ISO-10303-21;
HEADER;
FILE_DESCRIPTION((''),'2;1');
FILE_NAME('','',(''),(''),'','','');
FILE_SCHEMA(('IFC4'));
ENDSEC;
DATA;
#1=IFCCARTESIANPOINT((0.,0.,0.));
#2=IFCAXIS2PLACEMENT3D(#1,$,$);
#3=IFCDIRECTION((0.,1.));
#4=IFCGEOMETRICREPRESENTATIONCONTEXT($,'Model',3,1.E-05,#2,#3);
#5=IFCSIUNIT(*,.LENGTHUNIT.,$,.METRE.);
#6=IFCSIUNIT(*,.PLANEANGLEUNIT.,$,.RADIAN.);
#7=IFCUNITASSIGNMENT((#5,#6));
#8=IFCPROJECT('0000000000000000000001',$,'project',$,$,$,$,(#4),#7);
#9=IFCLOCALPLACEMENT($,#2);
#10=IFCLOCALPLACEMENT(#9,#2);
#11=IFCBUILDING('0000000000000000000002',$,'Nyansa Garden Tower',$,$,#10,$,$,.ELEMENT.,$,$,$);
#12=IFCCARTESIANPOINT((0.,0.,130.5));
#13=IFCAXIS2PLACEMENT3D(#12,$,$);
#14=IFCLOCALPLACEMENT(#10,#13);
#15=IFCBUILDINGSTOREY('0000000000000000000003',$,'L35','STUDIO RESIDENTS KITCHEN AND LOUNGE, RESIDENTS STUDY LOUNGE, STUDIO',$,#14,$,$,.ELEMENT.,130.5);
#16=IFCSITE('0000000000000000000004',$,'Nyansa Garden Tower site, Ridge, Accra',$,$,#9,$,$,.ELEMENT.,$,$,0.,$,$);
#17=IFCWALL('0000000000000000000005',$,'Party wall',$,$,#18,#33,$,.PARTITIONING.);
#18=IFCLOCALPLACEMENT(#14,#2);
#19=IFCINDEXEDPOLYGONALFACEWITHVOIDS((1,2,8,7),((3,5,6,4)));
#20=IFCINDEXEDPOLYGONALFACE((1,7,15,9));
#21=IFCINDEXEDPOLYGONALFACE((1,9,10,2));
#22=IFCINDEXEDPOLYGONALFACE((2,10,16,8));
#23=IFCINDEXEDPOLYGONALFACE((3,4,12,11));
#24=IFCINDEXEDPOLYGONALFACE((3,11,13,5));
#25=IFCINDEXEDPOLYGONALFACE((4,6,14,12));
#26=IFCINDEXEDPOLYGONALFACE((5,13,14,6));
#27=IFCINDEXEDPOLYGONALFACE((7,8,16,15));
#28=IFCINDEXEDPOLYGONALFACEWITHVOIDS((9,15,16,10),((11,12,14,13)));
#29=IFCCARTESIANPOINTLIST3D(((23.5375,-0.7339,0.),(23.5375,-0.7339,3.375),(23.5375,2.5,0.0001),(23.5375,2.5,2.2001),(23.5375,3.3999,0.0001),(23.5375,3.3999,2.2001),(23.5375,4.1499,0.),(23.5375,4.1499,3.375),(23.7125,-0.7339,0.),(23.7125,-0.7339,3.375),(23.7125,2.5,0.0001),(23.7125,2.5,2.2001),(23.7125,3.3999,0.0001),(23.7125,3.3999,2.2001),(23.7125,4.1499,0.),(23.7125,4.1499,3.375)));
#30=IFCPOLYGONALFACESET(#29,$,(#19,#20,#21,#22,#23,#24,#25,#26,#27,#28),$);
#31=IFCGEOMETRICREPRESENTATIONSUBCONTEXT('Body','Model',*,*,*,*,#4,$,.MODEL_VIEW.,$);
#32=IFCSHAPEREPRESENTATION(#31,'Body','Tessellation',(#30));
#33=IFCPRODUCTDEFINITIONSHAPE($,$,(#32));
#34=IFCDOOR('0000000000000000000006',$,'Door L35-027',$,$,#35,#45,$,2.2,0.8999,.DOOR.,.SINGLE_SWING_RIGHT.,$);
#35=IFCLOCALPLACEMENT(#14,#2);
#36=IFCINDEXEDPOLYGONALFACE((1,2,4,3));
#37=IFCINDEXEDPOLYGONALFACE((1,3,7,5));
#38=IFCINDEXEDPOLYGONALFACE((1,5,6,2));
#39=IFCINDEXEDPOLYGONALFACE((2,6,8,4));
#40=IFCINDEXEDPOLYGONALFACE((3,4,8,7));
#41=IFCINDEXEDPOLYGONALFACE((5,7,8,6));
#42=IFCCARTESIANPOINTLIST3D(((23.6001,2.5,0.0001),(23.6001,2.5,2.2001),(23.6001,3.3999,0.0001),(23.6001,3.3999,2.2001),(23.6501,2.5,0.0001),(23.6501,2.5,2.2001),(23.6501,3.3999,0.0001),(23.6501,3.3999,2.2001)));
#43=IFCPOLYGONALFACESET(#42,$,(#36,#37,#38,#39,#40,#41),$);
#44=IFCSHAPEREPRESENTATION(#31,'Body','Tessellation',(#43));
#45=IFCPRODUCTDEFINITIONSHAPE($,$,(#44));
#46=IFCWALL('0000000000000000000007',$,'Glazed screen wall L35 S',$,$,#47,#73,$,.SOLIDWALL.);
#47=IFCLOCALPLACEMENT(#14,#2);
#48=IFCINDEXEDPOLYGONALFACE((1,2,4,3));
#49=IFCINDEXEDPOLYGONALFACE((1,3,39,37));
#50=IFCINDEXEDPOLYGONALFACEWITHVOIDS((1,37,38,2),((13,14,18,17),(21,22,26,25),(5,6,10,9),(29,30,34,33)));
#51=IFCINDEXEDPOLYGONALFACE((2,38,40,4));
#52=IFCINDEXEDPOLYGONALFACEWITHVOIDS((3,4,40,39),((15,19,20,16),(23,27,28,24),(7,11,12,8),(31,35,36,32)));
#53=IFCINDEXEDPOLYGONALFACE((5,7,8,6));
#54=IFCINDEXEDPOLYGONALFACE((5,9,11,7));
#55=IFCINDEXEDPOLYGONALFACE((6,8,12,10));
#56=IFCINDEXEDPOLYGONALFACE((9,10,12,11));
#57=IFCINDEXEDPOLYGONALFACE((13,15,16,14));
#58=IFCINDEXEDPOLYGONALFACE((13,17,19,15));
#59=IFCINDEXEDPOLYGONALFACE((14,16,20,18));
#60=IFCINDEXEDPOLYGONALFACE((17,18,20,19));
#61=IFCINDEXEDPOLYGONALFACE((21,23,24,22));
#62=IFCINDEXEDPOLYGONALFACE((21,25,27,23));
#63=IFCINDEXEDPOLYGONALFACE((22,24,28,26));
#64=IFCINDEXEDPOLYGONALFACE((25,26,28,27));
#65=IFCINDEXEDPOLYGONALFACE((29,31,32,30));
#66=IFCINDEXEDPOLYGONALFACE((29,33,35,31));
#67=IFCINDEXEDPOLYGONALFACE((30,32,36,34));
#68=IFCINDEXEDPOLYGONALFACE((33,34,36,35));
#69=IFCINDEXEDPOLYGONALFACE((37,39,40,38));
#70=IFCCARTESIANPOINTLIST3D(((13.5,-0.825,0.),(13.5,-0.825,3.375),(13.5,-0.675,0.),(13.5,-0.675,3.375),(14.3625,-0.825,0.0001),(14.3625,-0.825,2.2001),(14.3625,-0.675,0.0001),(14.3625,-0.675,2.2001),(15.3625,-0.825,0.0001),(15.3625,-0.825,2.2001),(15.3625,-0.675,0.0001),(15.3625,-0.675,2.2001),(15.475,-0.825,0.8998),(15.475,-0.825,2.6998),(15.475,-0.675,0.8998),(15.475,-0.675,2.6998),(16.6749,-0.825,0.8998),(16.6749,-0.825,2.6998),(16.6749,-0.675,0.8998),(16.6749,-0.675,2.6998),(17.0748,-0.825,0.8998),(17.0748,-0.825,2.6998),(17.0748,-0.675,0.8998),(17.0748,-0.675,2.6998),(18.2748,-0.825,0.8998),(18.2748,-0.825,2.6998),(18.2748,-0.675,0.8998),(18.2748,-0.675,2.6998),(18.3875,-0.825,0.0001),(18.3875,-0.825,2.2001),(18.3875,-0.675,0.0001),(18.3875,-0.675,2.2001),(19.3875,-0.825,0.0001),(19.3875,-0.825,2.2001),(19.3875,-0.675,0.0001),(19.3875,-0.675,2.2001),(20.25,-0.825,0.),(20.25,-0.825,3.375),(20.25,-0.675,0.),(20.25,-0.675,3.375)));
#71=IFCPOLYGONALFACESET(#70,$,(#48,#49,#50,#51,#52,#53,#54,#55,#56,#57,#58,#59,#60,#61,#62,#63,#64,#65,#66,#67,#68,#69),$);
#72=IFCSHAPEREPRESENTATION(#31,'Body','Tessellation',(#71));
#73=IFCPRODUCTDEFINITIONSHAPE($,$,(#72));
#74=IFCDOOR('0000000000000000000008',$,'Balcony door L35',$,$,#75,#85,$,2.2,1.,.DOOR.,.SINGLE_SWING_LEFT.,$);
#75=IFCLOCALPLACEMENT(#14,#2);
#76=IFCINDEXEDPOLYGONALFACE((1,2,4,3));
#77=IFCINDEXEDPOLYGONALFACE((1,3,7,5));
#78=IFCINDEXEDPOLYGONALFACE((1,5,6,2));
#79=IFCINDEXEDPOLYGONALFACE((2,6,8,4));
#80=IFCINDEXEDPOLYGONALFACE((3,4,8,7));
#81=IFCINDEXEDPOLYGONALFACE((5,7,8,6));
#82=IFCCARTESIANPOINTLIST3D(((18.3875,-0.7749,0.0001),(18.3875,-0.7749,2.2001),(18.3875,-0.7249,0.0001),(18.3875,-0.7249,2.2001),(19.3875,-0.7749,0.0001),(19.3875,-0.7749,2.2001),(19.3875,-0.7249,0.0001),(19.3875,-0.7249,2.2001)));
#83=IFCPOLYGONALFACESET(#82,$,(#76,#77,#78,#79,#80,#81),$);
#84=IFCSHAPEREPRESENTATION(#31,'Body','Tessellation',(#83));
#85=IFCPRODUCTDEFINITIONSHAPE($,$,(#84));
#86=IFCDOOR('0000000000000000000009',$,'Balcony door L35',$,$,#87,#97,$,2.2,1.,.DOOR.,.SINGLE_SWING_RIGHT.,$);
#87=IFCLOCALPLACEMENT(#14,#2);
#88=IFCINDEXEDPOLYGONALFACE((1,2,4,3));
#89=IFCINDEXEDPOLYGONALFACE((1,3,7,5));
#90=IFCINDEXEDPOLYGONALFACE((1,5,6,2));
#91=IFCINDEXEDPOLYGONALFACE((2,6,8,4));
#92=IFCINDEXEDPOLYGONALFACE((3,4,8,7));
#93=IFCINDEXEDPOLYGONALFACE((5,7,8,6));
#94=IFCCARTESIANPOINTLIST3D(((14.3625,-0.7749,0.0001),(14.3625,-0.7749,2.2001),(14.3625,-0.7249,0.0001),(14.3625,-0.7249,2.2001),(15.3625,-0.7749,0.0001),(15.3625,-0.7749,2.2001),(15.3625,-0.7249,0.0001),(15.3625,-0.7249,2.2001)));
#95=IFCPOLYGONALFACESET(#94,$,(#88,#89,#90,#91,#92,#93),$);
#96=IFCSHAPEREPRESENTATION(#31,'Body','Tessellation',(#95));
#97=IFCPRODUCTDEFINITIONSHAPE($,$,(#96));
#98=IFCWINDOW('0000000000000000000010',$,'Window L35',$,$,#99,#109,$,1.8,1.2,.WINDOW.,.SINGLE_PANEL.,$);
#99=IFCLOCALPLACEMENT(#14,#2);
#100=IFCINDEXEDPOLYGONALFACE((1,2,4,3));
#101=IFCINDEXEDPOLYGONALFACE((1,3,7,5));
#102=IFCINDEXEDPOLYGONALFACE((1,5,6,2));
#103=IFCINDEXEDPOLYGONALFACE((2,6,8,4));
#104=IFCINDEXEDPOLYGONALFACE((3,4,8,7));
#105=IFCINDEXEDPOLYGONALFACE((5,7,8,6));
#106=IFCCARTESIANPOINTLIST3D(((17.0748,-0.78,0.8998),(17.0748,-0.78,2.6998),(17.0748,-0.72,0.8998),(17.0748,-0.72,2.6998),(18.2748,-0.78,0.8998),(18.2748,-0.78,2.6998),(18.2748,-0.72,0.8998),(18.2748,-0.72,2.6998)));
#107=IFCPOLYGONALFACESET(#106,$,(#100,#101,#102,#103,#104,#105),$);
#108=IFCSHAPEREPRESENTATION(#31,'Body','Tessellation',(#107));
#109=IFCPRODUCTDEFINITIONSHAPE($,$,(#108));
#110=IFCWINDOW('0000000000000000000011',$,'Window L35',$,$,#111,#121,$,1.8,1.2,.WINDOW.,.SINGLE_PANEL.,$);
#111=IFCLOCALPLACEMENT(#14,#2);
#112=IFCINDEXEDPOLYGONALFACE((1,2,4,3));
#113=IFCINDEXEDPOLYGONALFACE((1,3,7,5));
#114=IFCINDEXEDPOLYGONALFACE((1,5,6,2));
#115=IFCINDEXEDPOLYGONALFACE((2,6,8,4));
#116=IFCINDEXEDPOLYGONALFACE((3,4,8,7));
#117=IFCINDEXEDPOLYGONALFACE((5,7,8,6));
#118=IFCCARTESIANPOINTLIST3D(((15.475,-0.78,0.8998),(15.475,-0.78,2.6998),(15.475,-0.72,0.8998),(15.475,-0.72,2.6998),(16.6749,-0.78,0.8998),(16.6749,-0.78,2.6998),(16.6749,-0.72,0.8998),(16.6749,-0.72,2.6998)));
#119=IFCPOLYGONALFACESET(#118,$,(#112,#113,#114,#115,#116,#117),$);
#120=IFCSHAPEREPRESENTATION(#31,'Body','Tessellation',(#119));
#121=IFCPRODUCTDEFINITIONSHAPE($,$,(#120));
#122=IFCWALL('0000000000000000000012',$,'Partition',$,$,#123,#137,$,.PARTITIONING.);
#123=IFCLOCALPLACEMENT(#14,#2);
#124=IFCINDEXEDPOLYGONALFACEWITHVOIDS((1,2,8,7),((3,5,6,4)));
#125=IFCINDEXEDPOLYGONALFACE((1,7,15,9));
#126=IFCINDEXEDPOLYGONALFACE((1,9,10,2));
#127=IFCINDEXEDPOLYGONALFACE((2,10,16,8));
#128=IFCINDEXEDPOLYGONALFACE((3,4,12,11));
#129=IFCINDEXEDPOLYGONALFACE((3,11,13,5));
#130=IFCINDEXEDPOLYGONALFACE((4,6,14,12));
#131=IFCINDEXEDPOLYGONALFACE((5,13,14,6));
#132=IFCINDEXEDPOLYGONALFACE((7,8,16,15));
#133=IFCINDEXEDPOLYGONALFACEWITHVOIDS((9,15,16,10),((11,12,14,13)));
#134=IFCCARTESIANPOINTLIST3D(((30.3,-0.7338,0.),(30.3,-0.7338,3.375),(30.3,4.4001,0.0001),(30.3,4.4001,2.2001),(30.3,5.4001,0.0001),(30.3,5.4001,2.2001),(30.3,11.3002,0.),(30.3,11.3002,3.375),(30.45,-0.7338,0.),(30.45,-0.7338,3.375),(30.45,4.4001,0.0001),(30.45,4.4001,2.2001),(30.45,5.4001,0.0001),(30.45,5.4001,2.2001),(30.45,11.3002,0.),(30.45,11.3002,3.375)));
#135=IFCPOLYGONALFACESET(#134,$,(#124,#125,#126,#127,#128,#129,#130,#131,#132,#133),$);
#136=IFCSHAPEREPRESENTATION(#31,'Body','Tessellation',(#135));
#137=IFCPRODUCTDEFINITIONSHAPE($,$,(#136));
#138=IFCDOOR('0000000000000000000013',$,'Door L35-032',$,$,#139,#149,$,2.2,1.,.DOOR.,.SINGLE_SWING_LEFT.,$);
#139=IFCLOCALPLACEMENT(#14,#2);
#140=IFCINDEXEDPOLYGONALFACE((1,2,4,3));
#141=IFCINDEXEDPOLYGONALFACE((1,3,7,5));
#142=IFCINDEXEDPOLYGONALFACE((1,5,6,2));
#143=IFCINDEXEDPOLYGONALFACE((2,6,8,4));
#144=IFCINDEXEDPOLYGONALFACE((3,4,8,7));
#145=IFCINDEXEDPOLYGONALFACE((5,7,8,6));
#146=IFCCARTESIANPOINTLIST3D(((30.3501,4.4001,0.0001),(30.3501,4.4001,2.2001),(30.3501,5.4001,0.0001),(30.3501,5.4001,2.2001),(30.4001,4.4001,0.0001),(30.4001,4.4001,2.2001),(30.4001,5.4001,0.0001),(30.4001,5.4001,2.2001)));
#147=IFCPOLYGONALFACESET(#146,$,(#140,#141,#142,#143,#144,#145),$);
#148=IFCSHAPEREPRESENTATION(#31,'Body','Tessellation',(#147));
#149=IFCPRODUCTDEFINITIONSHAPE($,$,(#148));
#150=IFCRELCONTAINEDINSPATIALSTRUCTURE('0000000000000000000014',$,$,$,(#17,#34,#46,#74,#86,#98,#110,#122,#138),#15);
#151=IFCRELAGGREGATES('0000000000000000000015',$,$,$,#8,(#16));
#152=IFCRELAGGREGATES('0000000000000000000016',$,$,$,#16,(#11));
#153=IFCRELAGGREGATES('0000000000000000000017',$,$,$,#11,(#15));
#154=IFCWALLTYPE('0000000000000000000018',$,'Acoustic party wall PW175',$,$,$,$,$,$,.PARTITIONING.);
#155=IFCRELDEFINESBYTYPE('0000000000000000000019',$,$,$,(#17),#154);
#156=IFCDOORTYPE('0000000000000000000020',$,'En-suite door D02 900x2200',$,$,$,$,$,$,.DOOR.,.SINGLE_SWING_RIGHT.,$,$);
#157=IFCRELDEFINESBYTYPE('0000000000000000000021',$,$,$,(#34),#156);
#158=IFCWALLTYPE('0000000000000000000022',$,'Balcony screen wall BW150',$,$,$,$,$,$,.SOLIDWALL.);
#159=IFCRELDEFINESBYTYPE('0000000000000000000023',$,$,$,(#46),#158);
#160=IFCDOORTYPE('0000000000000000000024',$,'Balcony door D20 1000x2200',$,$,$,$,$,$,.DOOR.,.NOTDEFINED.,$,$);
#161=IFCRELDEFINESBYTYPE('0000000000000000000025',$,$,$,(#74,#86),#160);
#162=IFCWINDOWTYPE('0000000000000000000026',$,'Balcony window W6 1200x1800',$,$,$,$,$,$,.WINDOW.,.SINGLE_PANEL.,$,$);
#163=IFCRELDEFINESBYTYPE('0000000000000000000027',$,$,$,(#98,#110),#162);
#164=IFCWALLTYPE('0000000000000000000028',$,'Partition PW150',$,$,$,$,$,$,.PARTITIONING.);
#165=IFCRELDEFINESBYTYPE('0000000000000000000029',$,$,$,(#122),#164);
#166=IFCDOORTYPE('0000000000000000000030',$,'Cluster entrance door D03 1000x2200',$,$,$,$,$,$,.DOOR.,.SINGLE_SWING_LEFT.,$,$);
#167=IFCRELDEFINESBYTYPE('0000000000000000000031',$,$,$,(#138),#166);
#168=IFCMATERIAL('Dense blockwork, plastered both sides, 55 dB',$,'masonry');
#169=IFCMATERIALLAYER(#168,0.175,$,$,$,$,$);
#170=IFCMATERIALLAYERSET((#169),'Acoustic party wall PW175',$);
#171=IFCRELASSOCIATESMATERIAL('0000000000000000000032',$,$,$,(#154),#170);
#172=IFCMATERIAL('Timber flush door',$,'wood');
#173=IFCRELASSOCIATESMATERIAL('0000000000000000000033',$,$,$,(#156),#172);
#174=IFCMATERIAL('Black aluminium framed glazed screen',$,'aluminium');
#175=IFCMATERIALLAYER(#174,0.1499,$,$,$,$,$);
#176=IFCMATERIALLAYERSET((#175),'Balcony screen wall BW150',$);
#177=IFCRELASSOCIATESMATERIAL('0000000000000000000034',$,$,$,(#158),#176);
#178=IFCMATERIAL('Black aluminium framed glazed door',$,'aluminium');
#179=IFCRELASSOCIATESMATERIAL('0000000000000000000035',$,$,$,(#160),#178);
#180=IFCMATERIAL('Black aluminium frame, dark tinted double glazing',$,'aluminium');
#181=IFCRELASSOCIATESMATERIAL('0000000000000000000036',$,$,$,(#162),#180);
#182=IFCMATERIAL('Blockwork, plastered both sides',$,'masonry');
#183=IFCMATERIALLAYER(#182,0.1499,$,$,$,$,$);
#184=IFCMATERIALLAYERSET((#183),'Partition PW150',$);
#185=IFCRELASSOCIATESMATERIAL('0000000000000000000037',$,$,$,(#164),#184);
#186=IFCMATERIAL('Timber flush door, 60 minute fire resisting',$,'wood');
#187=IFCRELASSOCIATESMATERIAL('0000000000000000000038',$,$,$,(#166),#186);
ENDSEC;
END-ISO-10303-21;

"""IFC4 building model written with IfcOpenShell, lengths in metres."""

from ifc_helpers import new_model, si_unit, direction, frame, frame_2d, origin, place, context, subcontext, project, spatial, rectangle, extrude, material, layer, layer_set, type_object, element, fill, save


model = new_model("IFC4")

# Units and contexts
model_context = context("Model", 3, precision=1e-05, world=origin(), true_north=direction((0.0, 1.0)))
body_context = subcontext(model_context, "Body", "Model", "MODEL_VIEW")
ifc_project = project(units=[si_unit("LENGTHUNIT", "METRE"), si_unit("PLANEANGLEUNIT", "RADIAN")], contexts=[model_context])

# Site, building, storey
site_placement = place(None, origin())
site = spatial("IfcSite", under=ifc_project, at=site_placement, Name="Nyansa Garden Tower site, Ridge, Accra", CompositionType="ELEMENT", RefElevation=0.0)
building_placement = place(site_placement, origin())
building = spatial("IfcBuilding", under=site, at=building_placement, Name="Nyansa Garden Tower", CompositionType="ELEMENT")
storey_placement = place(building_placement, frame((0.0, 0.0, 130.5)))
storey = spatial("IfcBuildingStorey", under=building, at=storey_placement, Name="L35", Description="STUDIO RESIDENTS KITCHEN AND LOUNGE, RESIDENTS STUDY LOUNGE, STUDIO", CompositionType="ELEMENT", Elevation=130.5)

# Wall, opening, door
ifc_material_1 = material(Name="Dense blockwork, plastered both sides, 55 dB", Category="masonry")
ifc_layer_1 = layer(ifc_material_1, 0.175)
ifc_layer_set_1 = layer_set([ifc_layer_1], Name="Acoustic party wall PW175")
wall_type_1 = type_object("IfcWallType", Name="Acoustic party wall PW175", PredefinedType="PARTITIONING", material=ifc_layer_set_1)
wall_1_placement = place(storey_placement, frame((23.625, -0.7339, 0.0), z_axis=(0.0, 0.0, 1.0), x_axis=(0.0, 1.0, 0.0)))
wall_1 = element("IfcWall", 1, at=wall_1_placement, inside=storey, type_object=wall_type_1, Name="Party wall", PredefinedType="PARTITIONING", context=body_context, shape_type="SweptSolid", body=[
    extrude(rectangle(XDim=4.8838, YDim=0.175, at=frame_2d((2.4419, 0.0))), origin(), (0.0, 0.0, 1.0), 3.375),
])
opening_1_placement = place(wall_1_placement, frame((3.2339, 0.0, 0.0)))
opening_1 = element("IfcOpeningElement", 2, at=opening_1_placement, cuts=wall_1, PredefinedType="OPENING", context=body_context, shape_type="SweptSolid", body=[
    extrude(rectangle(XDim=0.8999, YDim=2.2, at=frame_2d((0.45, 1.1001))), frame((0.0, 0.0974, 0.0), z_axis=(0.0, -1.0, 0.0), x_axis=(1.0, 0.0, 0.0)), (0.0, 0.0, 1.0), 0.1951),
])
ifc_material_2 = material(Name="Timber flush door", Category="wood")
door_type_1 = type_object("IfcDoorType", Name="En-suite door D02 900x2200", OperationType="SINGLE_SWING_RIGHT", PredefinedType="DOOR", material=ifc_material_2)
door_1_placement = place(opening_1_placement, origin())
door_1 = element("IfcDoor", 3, at=door_1_placement, inside=storey, type_object=door_type_1, Name="Door L35-027", OperationType="SINGLE_SWING_RIGHT", OverallHeight=2.2, OverallWidth=0.8999, PredefinedType="DOOR", context=body_context, shape_type="SweptSolid", body=[
    extrude(rectangle(XDim=0.8999, YDim=2.2, at=frame_2d((0.45, 1.1001))), frame((0.0, 0.0249, 0.0), z_axis=(0.0, -1.0, 0.0), x_axis=(1.0, 0.0, 0.0)), (0.0, 0.0, 1.0), 0.05),
])
fill(opening_1, door_1)

# Wall, openings, doors, windows
ifc_material_3 = material(Name="Black aluminium framed glazed screen", Category="aluminium")
ifc_layer_2 = layer(ifc_material_3, 0.1499)
ifc_layer_set_2 = layer_set([ifc_layer_2], Name="Balcony screen wall BW150")
wall_type_2 = type_object("IfcWallType", Name="Balcony screen wall BW150", PredefinedType="SOLIDWALL", material=ifc_layer_set_2)
wall_2_placement = place(storey_placement, frame((20.25, -0.75, 0.0), z_axis=(0.0, 0.0, 1.0), x_axis=(-1.0, 0.0, 0.0)))
wall_2 = element("IfcWall", 4, at=wall_2_placement, inside=storey, type_object=wall_type_2, Name="Glazed screen wall L35 S", PredefinedType="SOLIDWALL", context=body_context, shape_type="SweptSolid", body=[
    extrude(rectangle(XDim=6.75, YDim=0.1499, at=frame_2d((3.375, 0.0))), origin(), (0.0, 0.0, 1.0), 3.375),
])
opening_2_placement = place(wall_2_placement, frame((0.8625, 0.0, 0.0)))
opening_2 = element("IfcOpeningElement", 5, at=opening_2_placement, cuts=wall_2, PredefinedType="OPENING", context=body_context, shape_type="SweptSolid", body=[
    extrude(rectangle(XDim=1.0, YDim=2.2, at=frame_2d((0.5, 1.1001))), frame((0.0, 0.085, 0.0), z_axis=(0.0, -1.0, 0.0), x_axis=(1.0, 0.0, 0.0)), (0.0, 0.0, 1.0), 0.1699),
])
opening_3_placement = place(wall_2_placement, frame((1.9751, 0.0, 0.8999)))
opening_3 = element("IfcOpeningElement", 6, at=opening_3_placement, cuts=wall_2, PredefinedType="OPENING", context=body_context, shape_type="SweptSolid", body=[
    extrude(rectangle(XDim=1.2, YDim=1.8, at=frame_2d((0.6001, 0.8999))), frame((0.0, 0.085, 0.0), z_axis=(0.0, -1.0, 0.0), x_axis=(1.0, 0.0, 0.0)), (0.0, 0.0, 1.0), 0.1699),
])
opening_4_placement = place(wall_2_placement, frame((4.8875, 0.0, 0.0)))
opening_4 = element("IfcOpeningElement", 7, at=opening_4_placement, cuts=wall_2, PredefinedType="OPENING", context=body_context, shape_type="SweptSolid", body=[
    extrude(rectangle(XDim=1.0, YDim=2.2, at=frame_2d((0.5, 1.1001))), frame((0.0, 0.085, 0.0), z_axis=(0.0, -1.0, 0.0), x_axis=(1.0, 0.0, 0.0)), (0.0, 0.0, 1.0), 0.1699),
])
opening_5_placement = place(wall_2_placement, frame((3.575, 0.0, 0.8999)))
opening_5 = element("IfcOpeningElement", 8, at=opening_5_placement, cuts=wall_2, PredefinedType="OPENING", context=body_context, shape_type="SweptSolid", body=[
    extrude(rectangle(XDim=1.2, YDim=1.8, at=frame_2d((0.6001, 0.8999))), frame((0.0, 0.085, 0.0), z_axis=(0.0, -1.0, 0.0), x_axis=(1.0, 0.0, 0.0)), (0.0, 0.0, 1.0), 0.1699),
])
ifc_material_4 = material(Name="Black aluminium framed glazed door", Category="aluminium")
door_type_2 = type_object("IfcDoorType", Name="Balcony door D20 1000x2200", OperationType="NOTDEFINED", PredefinedType="DOOR", material=ifc_material_4)
door_2_placement = place(opening_2_placement, origin())
door_2 = element("IfcDoor", 9, at=door_2_placement, inside=storey, type_object=door_type_2, Name="Balcony door L35", OperationType="SINGLE_SWING_LEFT", OverallHeight=2.2, OverallWidth=1.0, PredefinedType="DOOR", context=body_context, shape_type="SweptSolid", body=[
    extrude(rectangle(XDim=1.0, YDim=2.2, at=frame_2d((0.5, 1.1001))), frame((0.0, 0.0249, 0.0), z_axis=(0.0, -1.0, 0.0), x_axis=(1.0, 0.0, 0.0)), (0.0, 0.0, 1.0), 0.05),
])
fill(opening_2, door_2)
door_3_placement = place(opening_4_placement, origin())
door_3 = element("IfcDoor", 10, at=door_3_placement, inside=storey, type_object=door_type_2, Name="Balcony door L35", OperationType="SINGLE_SWING_RIGHT", OverallHeight=2.2, OverallWidth=1.0, PredefinedType="DOOR", context=body_context, shape_type="SweptSolid", body=[
    extrude(rectangle(XDim=1.0, YDim=2.2, at=frame_2d((0.5, 1.1001))), frame((0.0, 0.0249, 0.0), z_axis=(0.0, -1.0, 0.0), x_axis=(1.0, 0.0, 0.0)), (0.0, 0.0, 1.0), 0.05),
])
fill(opening_4, door_3)
ifc_material_5 = material(Name="Black aluminium frame, dark tinted double glazing", Category="aluminium")
window_type = type_object("IfcWindowType", Name="Balcony window W6 1200x1800", PartitioningType="SINGLE_PANEL", PredefinedType="WINDOW", material=ifc_material_5)
window_1_placement = place(opening_3_placement, origin())
window_1 = element("IfcWindow", 11, at=window_1_placement, inside=storey, type_object=window_type, Name="Window L35", OverallHeight=1.8, OverallWidth=1.2, PartitioningType="SINGLE_PANEL", PredefinedType="WINDOW", context=body_context, shape_type="SweptSolid", body=[
    extrude(rectangle(XDim=1.2, YDim=1.8, at=frame_2d((0.6001, 0.8999))), frame((0.0, 0.03, 0.0), z_axis=(0.0, -1.0, 0.0), x_axis=(1.0, 0.0, 0.0)), (0.0, 0.0, 1.0), 0.0601),
])
fill(opening_3, window_1)
window_2_placement = place(opening_5_placement, origin())
window_2 = element("IfcWindow", 12, at=window_2_placement, inside=storey, type_object=window_type, Name="Window L35", OverallHeight=1.8, OverallWidth=1.2, PartitioningType="SINGLE_PANEL", PredefinedType="WINDOW", context=body_context, shape_type="SweptSolid", body=[
    extrude(rectangle(XDim=1.2, YDim=1.8, at=frame_2d((0.6001, 0.8999))), frame((0.0, 0.03, 0.0), z_axis=(0.0, -1.0, 0.0), x_axis=(1.0, 0.0, 0.0)), (0.0, 0.0, 1.0), 0.0601),
])
fill(opening_5, window_2)

# Wall, opening, door
ifc_material_6 = material(Name="Blockwork, plastered both sides", Category="masonry")
ifc_layer_3 = layer(ifc_material_6, 0.1499)
ifc_layer_set_3 = layer_set([ifc_layer_3], Name="Partition PW150")
wall_type_3 = type_object("IfcWallType", Name="Partition PW150", PredefinedType="PARTITIONING", material=ifc_layer_set_3)
wall_3_placement = place(storey_placement, frame((30.375, -0.7339, 0.0), z_axis=(0.0, 0.0, 1.0), x_axis=(0.0, 1.0, 0.0)))
wall_3 = element("IfcWall", 13, at=wall_3_placement, inside=storey, type_object=wall_type_3, Name="Partition", PredefinedType="PARTITIONING", context=body_context, shape_type="SweptSolid", body=[
    extrude(rectangle(XDim=12.0339, YDim=0.1499, at=frame_2d((6.0171, 0.0))), origin(), (0.0, 0.0, 1.0), 3.375),
])
opening_6_placement = place(wall_3_placement, frame((5.134, 0.0, 0.0)))
opening_6 = element("IfcOpeningElement", 14, at=opening_6_placement, cuts=wall_3, PredefinedType="OPENING", context=body_context, shape_type="SweptSolid", body=[
    extrude(rectangle(XDim=1.0, YDim=2.2, at=frame_2d((0.5, 1.1001))), frame((0.0, 0.085, 0.0), z_axis=(0.0, -1.0, 0.0), x_axis=(1.0, 0.0, 0.0)), (0.0, 0.0, 1.0), 0.1699),
])
ifc_material_7 = material(Name="Timber flush door, 60 minute fire resisting", Category="wood")
door_type_3 = type_object("IfcDoorType", Name="Cluster entrance door D03 1000x2200", OperationType="SINGLE_SWING_LEFT", PredefinedType="DOOR", material=ifc_material_7)
door_4_placement = place(opening_6_placement, origin())
door_4 = element("IfcDoor", 15, at=door_4_placement, inside=storey, type_object=door_type_3, Name="Door L35-032", OperationType="SINGLE_SWING_LEFT", OverallHeight=2.2, OverallWidth=1.0, PredefinedType="DOOR", context=body_context, shape_type="SweptSolid", body=[
    extrude(rectangle(XDim=1.0, YDim=2.2, at=frame_2d((0.5, 1.1001))), frame((0.0, 0.0249, 0.0), z_axis=(0.0, -1.0, 0.0), x_axis=(1.0, 0.0, 0.0)), (0.0, 0.0, 1.0), 0.05),
])
fill(opening_6, door_4)

save(model, "model.ifc")
